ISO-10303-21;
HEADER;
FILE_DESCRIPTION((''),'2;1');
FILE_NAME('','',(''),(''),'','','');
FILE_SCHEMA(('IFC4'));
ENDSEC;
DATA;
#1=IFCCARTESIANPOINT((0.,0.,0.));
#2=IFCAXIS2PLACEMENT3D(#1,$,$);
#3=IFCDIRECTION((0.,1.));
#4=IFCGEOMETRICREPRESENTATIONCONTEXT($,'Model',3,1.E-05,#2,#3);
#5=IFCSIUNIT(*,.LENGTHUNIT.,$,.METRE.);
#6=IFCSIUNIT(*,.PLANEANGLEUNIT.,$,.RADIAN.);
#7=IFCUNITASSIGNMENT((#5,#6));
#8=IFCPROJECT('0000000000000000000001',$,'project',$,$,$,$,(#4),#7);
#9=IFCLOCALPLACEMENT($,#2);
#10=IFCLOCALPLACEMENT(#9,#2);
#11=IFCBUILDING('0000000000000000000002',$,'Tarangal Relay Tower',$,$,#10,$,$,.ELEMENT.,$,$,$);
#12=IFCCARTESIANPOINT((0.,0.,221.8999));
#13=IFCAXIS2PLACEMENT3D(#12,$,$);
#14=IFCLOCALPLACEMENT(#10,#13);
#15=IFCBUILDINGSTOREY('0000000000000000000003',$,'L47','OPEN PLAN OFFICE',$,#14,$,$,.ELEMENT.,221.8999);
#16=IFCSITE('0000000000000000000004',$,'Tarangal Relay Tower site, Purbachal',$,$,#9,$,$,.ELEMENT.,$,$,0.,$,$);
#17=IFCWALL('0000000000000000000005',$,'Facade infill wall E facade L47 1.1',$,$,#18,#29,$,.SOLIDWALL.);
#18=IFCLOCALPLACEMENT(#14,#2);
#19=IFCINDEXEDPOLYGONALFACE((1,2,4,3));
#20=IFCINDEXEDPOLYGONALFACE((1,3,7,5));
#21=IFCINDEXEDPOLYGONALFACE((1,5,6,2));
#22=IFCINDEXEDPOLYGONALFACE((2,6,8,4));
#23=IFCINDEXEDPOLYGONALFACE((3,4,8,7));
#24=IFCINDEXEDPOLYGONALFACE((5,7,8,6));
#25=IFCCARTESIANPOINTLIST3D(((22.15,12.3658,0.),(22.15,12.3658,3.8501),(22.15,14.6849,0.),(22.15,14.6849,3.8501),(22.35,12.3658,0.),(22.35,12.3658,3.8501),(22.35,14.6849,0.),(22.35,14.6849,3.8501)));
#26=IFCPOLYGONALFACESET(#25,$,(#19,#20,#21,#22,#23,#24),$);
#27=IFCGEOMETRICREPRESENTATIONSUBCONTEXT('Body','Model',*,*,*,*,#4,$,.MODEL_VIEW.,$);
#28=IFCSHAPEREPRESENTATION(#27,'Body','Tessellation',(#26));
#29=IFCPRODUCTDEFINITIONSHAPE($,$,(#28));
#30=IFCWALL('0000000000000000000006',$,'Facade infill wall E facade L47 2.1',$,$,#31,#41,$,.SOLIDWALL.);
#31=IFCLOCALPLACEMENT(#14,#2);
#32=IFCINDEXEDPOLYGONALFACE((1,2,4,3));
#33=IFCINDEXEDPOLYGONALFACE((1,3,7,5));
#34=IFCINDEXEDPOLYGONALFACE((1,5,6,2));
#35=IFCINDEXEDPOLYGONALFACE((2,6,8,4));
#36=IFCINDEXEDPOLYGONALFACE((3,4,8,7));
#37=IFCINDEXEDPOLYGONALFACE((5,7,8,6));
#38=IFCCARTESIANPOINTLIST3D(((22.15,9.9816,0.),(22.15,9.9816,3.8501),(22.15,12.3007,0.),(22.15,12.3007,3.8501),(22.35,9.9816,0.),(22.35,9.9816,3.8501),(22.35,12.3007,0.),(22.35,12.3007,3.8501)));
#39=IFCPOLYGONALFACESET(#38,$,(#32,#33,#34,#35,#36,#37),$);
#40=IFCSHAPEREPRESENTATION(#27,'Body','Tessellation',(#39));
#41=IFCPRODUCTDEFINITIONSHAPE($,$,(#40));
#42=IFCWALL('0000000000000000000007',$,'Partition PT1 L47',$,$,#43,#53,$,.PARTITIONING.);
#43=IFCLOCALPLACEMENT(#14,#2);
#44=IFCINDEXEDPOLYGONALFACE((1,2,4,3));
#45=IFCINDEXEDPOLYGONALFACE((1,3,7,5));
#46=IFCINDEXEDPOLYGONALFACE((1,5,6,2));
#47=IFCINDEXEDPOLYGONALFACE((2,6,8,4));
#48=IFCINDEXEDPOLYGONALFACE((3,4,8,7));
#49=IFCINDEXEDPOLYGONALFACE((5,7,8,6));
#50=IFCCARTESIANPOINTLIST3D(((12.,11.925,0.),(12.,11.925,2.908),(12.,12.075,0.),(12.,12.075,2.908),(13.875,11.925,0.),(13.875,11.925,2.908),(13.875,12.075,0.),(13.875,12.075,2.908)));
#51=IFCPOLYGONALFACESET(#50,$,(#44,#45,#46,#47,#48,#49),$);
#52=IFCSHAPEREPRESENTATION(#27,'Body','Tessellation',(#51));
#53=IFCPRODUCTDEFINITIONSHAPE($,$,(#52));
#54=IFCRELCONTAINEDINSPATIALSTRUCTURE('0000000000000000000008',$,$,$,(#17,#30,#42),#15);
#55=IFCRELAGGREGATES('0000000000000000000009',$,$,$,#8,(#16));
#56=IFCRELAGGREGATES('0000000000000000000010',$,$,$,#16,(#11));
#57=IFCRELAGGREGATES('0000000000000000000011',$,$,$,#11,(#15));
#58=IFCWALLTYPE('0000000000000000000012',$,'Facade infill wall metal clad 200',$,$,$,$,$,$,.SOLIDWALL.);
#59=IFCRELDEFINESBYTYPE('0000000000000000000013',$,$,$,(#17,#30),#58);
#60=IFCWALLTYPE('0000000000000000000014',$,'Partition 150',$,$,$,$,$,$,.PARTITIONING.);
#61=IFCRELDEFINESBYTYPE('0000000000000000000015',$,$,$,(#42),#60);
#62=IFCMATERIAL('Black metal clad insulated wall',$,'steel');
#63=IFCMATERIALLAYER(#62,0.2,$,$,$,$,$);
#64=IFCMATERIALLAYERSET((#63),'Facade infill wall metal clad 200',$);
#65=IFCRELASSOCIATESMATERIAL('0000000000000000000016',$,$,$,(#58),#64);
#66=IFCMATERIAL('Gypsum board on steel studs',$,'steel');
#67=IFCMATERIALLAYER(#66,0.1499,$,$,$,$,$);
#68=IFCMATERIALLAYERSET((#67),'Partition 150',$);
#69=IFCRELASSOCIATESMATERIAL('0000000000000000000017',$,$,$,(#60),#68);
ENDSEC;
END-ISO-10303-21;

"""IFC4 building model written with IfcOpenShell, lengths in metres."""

from ifc_helpers import new_model, si_unit, direction, frame, frame_2d, origin, place, context, subcontext, project, spatial, rectangle, extrude, material, layer, layer_set, type_object, element, save


model = new_model("IFC4")

# Units and contexts
model_context = context("Model", 3, precision=1e-05, world=origin(), true_north=direction((0.0, 1.0)))
body_context = subcontext(model_context, "Body", "Model", "MODEL_VIEW")
ifc_project = project(units=[si_unit("LENGTHUNIT", "METRE"), si_unit("PLANEANGLEUNIT", "RADIAN")], contexts=[model_context])

# Site, building, storey
site_placement = place(None, origin())
site = spatial("IfcSite", under=ifc_project, at=site_placement, Name="Tarangal Relay Tower site, Purbachal", CompositionType="ELEMENT", RefElevation=0.0)
building_placement = place(site_placement, origin())
building = spatial("IfcBuilding", under=site, at=building_placement, Name="Tarangal Relay Tower", CompositionType="ELEMENT")
storey_placement = place(building_placement, frame((0.0, 0.0, 221.8999)))
storey = spatial("IfcBuildingStorey", under=building, at=storey_placement, Name="L47", Description="OPEN PLAN OFFICE", CompositionType="ELEMENT", Elevation=221.8999)

# Shared definitions
ifc_material_1 = material(Name="Black metal clad insulated wall", Category="steel")

# Walls
ifc_layer_1 = layer(ifc_material_1, 0.2)
ifc_layer_set_1 = layer_set([ifc_layer_1], Name="Facade infill wall metal clad 200")
wall_type_1 = type_object("IfcWallType", Name="Facade infill wall metal clad 200", PredefinedType="SOLIDWALL", material=ifc_layer_set_1)
for number, where, z_axis, x_axis, name in (
    (1, (22.25, 14.6851, 0.0), (0.0, 0.0, 1.0), (0.0, -1.0, 0.0), "Facade infill wall E facade L47 1.1"),
    (2, (22.25, 12.3008, 0.0), (0.0, 0.0, 1.0), (0.0, -1.0, 0.0), "Facade infill wall E facade L47 2.1"),
):
    element("IfcWall", number, at=place(storey_placement, frame(where, z_axis=z_axis, x_axis=x_axis)), inside=storey, type_object=wall_type_1, Name=name, PredefinedType="SOLIDWALL", context=body_context, shape_type="SweptSolid", body=[
        extrude(rectangle(XDim=2.3191, YDim=0.2, at=frame_2d((1.1597, 0.0))), origin(), (0.0, 0.0, 1.0), 3.8501),
    ])
ifc_material_2 = material(Name="Gypsum board on steel studs", Category="steel")
ifc_layer_2 = layer(ifc_material_2, 0.1499)
ifc_layer_set_2 = layer_set([ifc_layer_2], Name="Partition 150")
wall_type_2 = type_object("IfcWallType", Name="Partition 150", PredefinedType="PARTITIONING", material=ifc_layer_set_2)
wall_1_placement = place(storey_placement, frame((12.0, 12.0, 0.0), z_axis=(0.0, 0.0, 1.0), x_axis=(1.0, 0.0, 0.0)))
element("IfcWall", 3, at=wall_1_placement, inside=storey, type_object=wall_type_2, Name="Partition PT1 L47", PredefinedType="PARTITIONING", context=body_context, shape_type="SweptSolid", body=[
    extrude(rectangle(XDim=1.875, YDim=0.1499, at=frame_2d((0.9375, 0.0))), origin(), (0.0, 0.0, 1.0), 2.908),
])

save(model, "model.ifc")
